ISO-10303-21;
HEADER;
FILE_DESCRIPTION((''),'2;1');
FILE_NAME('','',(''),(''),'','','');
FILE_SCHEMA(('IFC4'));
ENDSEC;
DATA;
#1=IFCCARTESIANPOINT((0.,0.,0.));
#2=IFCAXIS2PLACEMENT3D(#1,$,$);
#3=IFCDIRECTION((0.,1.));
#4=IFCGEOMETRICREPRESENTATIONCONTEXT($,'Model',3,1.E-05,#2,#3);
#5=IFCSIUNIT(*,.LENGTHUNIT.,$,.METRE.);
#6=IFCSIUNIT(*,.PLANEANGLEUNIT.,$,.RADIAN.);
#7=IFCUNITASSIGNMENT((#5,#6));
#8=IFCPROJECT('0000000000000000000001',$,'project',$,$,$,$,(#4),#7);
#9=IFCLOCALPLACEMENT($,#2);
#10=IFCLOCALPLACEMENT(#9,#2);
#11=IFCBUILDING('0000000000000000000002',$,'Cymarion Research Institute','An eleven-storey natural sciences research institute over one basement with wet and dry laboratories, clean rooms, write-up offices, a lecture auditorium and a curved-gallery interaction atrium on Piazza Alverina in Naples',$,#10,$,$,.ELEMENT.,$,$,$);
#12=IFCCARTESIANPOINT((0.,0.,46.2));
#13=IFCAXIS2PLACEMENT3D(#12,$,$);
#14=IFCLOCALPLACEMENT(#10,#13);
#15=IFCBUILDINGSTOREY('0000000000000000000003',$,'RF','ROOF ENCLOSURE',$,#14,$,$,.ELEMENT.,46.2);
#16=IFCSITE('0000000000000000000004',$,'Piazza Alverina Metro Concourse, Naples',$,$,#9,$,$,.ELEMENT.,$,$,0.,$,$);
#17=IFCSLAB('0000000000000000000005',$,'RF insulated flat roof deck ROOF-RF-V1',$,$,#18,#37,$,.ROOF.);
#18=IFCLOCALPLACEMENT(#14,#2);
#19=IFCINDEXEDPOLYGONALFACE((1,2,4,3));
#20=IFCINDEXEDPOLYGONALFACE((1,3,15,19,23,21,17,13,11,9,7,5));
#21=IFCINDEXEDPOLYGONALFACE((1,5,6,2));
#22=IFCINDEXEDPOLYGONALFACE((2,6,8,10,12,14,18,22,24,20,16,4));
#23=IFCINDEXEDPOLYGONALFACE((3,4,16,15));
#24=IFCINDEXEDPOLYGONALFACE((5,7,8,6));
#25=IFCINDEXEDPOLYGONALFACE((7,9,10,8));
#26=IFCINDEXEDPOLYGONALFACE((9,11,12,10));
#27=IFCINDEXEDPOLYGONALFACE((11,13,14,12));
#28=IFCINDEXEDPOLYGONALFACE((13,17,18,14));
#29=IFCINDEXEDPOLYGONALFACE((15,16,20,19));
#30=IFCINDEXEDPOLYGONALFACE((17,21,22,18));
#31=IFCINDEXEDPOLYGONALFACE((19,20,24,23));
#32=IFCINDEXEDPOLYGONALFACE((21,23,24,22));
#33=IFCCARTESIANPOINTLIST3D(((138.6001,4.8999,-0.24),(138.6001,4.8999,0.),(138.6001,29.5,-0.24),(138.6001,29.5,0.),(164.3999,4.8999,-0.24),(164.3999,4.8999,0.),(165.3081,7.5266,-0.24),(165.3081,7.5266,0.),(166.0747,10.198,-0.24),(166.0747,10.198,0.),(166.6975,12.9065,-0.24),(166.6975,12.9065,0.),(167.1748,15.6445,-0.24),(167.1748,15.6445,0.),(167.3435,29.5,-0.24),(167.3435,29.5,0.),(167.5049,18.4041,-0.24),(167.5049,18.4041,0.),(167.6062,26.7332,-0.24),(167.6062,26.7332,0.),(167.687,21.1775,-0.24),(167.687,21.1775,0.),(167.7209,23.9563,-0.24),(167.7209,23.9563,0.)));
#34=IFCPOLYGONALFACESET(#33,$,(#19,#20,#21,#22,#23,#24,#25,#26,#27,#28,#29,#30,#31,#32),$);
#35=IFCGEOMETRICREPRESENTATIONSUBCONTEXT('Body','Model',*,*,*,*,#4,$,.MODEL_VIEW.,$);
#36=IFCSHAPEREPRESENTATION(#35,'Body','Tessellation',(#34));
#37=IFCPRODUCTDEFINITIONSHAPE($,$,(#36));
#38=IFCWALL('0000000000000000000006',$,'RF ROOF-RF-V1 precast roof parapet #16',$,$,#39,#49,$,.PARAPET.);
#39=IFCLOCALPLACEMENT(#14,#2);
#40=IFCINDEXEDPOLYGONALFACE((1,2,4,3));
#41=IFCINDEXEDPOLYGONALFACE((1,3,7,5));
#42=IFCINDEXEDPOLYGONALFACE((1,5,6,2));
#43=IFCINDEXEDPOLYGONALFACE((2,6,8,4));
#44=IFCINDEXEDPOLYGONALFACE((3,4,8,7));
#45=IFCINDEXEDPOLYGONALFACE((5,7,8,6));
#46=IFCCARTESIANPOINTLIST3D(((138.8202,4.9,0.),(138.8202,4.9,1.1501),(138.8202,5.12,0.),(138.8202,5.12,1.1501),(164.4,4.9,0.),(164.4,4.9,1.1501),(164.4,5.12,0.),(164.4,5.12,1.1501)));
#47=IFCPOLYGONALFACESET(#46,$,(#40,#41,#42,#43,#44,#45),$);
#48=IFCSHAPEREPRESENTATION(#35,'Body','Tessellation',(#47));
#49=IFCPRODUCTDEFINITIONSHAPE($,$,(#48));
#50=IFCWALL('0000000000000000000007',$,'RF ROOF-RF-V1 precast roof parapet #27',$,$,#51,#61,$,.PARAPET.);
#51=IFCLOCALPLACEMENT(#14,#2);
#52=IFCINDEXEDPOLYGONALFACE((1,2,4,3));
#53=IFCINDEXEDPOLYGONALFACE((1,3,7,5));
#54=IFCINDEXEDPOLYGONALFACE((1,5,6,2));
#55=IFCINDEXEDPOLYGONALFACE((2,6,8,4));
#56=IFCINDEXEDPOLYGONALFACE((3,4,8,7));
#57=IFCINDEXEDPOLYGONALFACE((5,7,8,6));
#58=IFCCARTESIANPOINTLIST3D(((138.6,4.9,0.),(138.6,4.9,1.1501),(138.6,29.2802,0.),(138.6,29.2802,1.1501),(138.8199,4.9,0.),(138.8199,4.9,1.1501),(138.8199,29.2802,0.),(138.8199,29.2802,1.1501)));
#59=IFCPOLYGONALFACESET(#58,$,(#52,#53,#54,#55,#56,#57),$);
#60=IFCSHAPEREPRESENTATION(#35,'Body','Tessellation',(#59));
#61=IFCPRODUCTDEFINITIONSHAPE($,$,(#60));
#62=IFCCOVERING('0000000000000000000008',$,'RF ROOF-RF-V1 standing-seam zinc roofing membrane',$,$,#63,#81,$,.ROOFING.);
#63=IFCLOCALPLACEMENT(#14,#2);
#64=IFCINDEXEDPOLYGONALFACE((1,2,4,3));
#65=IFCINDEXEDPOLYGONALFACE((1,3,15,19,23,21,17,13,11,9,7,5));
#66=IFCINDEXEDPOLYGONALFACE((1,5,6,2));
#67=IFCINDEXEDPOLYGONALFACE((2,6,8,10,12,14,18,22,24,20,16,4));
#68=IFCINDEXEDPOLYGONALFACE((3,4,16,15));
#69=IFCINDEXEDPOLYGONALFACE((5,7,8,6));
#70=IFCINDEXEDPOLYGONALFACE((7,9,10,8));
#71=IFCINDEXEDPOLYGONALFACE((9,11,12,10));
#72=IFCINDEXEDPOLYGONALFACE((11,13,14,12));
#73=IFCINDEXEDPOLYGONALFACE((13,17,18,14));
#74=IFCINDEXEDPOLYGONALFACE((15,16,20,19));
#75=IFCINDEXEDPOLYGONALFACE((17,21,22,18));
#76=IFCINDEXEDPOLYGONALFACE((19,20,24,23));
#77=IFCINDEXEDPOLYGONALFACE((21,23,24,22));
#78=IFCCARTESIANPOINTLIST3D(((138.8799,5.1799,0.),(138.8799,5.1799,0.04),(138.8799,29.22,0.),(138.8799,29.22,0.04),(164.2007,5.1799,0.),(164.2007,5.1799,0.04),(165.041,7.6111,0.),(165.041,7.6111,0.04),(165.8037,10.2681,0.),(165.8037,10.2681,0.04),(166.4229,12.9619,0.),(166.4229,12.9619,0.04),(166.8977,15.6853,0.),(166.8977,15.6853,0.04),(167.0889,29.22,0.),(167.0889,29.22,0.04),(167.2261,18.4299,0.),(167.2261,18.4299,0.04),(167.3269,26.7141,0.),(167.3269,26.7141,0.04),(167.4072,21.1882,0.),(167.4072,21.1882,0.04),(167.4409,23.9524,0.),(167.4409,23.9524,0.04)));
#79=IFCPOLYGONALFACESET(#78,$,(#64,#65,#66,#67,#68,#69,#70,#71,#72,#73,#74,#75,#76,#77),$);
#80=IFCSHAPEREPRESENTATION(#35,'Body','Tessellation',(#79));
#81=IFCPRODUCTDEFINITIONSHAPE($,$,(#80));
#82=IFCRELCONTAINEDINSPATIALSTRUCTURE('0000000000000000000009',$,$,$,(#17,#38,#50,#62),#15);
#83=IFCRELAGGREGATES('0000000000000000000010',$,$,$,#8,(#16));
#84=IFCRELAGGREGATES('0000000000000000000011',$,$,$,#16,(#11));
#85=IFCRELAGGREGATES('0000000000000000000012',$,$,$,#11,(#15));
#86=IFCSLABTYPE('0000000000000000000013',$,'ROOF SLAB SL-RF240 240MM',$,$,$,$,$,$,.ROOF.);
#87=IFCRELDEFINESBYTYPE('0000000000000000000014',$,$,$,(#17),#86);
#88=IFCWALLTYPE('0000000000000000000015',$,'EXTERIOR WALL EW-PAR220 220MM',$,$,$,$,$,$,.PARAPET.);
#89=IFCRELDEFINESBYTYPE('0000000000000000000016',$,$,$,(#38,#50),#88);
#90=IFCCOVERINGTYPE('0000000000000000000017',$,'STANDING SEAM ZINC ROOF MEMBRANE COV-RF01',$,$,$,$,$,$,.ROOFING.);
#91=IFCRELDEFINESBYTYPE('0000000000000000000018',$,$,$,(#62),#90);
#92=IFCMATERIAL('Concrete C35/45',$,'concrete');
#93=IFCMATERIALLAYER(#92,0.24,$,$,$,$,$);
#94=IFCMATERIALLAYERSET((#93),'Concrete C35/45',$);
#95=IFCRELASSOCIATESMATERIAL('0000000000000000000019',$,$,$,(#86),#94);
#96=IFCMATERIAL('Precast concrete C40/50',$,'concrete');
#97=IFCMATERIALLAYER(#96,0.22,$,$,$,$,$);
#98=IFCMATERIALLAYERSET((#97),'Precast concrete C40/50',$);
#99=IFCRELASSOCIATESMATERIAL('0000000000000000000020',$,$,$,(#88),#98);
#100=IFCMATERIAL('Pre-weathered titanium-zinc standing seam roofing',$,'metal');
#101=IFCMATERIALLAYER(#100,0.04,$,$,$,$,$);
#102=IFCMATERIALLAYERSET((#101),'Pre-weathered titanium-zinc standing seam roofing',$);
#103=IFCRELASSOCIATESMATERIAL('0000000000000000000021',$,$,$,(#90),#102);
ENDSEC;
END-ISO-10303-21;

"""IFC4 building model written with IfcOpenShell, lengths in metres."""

from ifc_helpers import new_model, si_unit, direction, frame, frame_2d, origin, place, context, subcontext, project, spatial, polyline, rectangle, outline, extrude, material, layer, layer_set, type_object, element, save


model = new_model("IFC4")

# Units and contexts
model_context = context("Model", 3, precision=1e-05, world=origin(), true_north=direction((0.0, 1.0)))
body_context = subcontext(model_context, "Body", "Model", "MODEL_VIEW")
ifc_project = project(units=[si_unit("LENGTHUNIT", "METRE"), si_unit("PLANEANGLEUNIT", "RADIAN")], contexts=[model_context])

# Site, building, storey
site_placement = place(None, origin())
site = spatial("IfcSite", under=ifc_project, at=site_placement, Name="Piazza Alverina Metro Concourse, Naples", CompositionType="ELEMENT", RefElevation=0.0)
building_placement = place(site_placement, origin())
building = spatial("IfcBuilding", under=site, at=building_placement, Name="Cymarion Research Institute", Description="An eleven-storey natural sciences research institute over one basement with wet and dry laboratories, clean rooms, write-up offices, a lecture auditorium and a curved-gallery interaction atrium on Piazza Alverina in Naples", CompositionType="ELEMENT")
storey_placement = place(building_placement, frame((0.0, 0.0, 46.2)))
storey = spatial("IfcBuildingStorey", under=building, at=storey_placement, Name="RF", Description="ROOF ENCLOSURE", CompositionType="ELEMENT", Elevation=46.2)

# Slab
ifc_material_1 = material(Name="Concrete C35/45", Category="concrete")
ifc_layer_1 = layer(ifc_material_1, 0.24)
ifc_layer_set_1 = layer_set([ifc_layer_1], Name="Concrete C35/45")
slab_type = type_object("IfcSlabType", Name="ROOF SLAB SL-RF240 240MM", PredefinedType="ROOF", material=ifc_layer_set_1)
slab_placement = place(storey_placement, frame((0.0, 0.0, -0.24)))
element("IfcSlab", 1, at=slab_placement, inside=storey, type_object=slab_type, Name="RF insulated flat roof deck ROOF-RF-V1", PredefinedType="ROOF", context=body_context, shape_type="SweptSolid", body=[
    extrude(outline(polyline([(138.6001, 4.8999), (164.3999, 4.8999), (165.3081, 7.5266), (166.0747, 10.198), (166.6975, 12.9065), (167.1748, 15.6445), (167.5049, 18.4041), (167.687, 21.1775), (167.7209, 23.9563), (167.6062, 26.7332), (167.3435, 29.5), (138.6001, 29.5), (138.6001, 4.8999)])), origin(), (0.0, 0.0, 1.0), 0.24),
])

# Walls
ifc_material_2 = material(Name="Precast concrete C40/50", Category="concrete")
ifc_layer_2 = layer(ifc_material_2, 0.22)
ifc_layer_set_2 = layer_set([ifc_layer_2], Name="Precast concrete C40/50")
wall_type = type_object("IfcWallType", Name="EXTERIOR WALL EW-PAR220 220MM", PredefinedType="PARAPET", material=ifc_layer_set_2)
wall_1_placement = place(storey_placement, frame((138.8201, 5.01, 0.0), z_axis=(0.0, 0.0, 1.0), x_axis=(1.0, 0.0, 0.0)))
element("IfcWall", 2, at=wall_1_placement, inside=storey, type_object=wall_type, Name="RF ROOF-RF-V1 precast roof parapet #16", PredefinedType="PARAPET", context=body_context, shape_type="SweptSolid", body=[
    extrude(rectangle(XDim=25.5798, YDim=0.22, at=frame_2d((12.79, 0.0))), origin(), (0.0, 0.0, 1.0), 1.1501),
])
wall_2_placement = place(storey_placement, frame((138.71, 29.28, 0.0), z_axis=(0.0, 0.0, 1.0), x_axis=(0.0, -1.0, 0.0)))
element("IfcWall", 3, at=wall_2_placement, inside=storey, type_object=wall_type, Name="RF ROOF-RF-V1 precast roof parapet #27", PredefinedType="PARAPET", context=body_context, shape_type="SweptSolid", body=[
    extrude(rectangle(XDim=24.3801, YDim=0.22, at=frame_2d((12.1899, 0.0))), origin(), (0.0, 0.0, 1.0), 1.1501),
])

# Covering
ifc_material_3 = material(Name="Pre-weathered titanium-zinc standing seam roofing", Category="metal")
ifc_layer_3 = layer(ifc_material_3, 0.04)
ifc_layer_set_3 = layer_set([ifc_layer_3], Name="Pre-weathered titanium-zinc standing seam roofing")
covering_type = type_object("IfcCoveringType", Name="STANDING SEAM ZINC ROOF MEMBRANE COV-RF01", PredefinedType="ROOFING", material=ifc_layer_set_3)
covering_placement = place(storey_placement, origin())
element("IfcCovering", 4, at=covering_placement, inside=storey, type_object=covering_type, Name="RF ROOF-RF-V1 standing-seam zinc roofing membrane", PredefinedType="ROOFING", context=body_context, shape_type="SweptSolid", body=[
    extrude(outline(polyline([(138.8799, 5.1799), (138.8799, 29.22), (167.0889, 29.22), (167.3269, 26.7141), (167.4409, 23.9524), (167.4072, 21.1882), (167.2261, 18.4299), (166.8977, 15.6853), (166.4229, 12.9619), (165.8037, 10.2681), (165.041, 7.6111), (164.2007, 5.1799), (138.8799, 5.1799)])), origin(), (0.0, 0.0, 1.0), 0.04),
])

save(model, "model.ifc")
